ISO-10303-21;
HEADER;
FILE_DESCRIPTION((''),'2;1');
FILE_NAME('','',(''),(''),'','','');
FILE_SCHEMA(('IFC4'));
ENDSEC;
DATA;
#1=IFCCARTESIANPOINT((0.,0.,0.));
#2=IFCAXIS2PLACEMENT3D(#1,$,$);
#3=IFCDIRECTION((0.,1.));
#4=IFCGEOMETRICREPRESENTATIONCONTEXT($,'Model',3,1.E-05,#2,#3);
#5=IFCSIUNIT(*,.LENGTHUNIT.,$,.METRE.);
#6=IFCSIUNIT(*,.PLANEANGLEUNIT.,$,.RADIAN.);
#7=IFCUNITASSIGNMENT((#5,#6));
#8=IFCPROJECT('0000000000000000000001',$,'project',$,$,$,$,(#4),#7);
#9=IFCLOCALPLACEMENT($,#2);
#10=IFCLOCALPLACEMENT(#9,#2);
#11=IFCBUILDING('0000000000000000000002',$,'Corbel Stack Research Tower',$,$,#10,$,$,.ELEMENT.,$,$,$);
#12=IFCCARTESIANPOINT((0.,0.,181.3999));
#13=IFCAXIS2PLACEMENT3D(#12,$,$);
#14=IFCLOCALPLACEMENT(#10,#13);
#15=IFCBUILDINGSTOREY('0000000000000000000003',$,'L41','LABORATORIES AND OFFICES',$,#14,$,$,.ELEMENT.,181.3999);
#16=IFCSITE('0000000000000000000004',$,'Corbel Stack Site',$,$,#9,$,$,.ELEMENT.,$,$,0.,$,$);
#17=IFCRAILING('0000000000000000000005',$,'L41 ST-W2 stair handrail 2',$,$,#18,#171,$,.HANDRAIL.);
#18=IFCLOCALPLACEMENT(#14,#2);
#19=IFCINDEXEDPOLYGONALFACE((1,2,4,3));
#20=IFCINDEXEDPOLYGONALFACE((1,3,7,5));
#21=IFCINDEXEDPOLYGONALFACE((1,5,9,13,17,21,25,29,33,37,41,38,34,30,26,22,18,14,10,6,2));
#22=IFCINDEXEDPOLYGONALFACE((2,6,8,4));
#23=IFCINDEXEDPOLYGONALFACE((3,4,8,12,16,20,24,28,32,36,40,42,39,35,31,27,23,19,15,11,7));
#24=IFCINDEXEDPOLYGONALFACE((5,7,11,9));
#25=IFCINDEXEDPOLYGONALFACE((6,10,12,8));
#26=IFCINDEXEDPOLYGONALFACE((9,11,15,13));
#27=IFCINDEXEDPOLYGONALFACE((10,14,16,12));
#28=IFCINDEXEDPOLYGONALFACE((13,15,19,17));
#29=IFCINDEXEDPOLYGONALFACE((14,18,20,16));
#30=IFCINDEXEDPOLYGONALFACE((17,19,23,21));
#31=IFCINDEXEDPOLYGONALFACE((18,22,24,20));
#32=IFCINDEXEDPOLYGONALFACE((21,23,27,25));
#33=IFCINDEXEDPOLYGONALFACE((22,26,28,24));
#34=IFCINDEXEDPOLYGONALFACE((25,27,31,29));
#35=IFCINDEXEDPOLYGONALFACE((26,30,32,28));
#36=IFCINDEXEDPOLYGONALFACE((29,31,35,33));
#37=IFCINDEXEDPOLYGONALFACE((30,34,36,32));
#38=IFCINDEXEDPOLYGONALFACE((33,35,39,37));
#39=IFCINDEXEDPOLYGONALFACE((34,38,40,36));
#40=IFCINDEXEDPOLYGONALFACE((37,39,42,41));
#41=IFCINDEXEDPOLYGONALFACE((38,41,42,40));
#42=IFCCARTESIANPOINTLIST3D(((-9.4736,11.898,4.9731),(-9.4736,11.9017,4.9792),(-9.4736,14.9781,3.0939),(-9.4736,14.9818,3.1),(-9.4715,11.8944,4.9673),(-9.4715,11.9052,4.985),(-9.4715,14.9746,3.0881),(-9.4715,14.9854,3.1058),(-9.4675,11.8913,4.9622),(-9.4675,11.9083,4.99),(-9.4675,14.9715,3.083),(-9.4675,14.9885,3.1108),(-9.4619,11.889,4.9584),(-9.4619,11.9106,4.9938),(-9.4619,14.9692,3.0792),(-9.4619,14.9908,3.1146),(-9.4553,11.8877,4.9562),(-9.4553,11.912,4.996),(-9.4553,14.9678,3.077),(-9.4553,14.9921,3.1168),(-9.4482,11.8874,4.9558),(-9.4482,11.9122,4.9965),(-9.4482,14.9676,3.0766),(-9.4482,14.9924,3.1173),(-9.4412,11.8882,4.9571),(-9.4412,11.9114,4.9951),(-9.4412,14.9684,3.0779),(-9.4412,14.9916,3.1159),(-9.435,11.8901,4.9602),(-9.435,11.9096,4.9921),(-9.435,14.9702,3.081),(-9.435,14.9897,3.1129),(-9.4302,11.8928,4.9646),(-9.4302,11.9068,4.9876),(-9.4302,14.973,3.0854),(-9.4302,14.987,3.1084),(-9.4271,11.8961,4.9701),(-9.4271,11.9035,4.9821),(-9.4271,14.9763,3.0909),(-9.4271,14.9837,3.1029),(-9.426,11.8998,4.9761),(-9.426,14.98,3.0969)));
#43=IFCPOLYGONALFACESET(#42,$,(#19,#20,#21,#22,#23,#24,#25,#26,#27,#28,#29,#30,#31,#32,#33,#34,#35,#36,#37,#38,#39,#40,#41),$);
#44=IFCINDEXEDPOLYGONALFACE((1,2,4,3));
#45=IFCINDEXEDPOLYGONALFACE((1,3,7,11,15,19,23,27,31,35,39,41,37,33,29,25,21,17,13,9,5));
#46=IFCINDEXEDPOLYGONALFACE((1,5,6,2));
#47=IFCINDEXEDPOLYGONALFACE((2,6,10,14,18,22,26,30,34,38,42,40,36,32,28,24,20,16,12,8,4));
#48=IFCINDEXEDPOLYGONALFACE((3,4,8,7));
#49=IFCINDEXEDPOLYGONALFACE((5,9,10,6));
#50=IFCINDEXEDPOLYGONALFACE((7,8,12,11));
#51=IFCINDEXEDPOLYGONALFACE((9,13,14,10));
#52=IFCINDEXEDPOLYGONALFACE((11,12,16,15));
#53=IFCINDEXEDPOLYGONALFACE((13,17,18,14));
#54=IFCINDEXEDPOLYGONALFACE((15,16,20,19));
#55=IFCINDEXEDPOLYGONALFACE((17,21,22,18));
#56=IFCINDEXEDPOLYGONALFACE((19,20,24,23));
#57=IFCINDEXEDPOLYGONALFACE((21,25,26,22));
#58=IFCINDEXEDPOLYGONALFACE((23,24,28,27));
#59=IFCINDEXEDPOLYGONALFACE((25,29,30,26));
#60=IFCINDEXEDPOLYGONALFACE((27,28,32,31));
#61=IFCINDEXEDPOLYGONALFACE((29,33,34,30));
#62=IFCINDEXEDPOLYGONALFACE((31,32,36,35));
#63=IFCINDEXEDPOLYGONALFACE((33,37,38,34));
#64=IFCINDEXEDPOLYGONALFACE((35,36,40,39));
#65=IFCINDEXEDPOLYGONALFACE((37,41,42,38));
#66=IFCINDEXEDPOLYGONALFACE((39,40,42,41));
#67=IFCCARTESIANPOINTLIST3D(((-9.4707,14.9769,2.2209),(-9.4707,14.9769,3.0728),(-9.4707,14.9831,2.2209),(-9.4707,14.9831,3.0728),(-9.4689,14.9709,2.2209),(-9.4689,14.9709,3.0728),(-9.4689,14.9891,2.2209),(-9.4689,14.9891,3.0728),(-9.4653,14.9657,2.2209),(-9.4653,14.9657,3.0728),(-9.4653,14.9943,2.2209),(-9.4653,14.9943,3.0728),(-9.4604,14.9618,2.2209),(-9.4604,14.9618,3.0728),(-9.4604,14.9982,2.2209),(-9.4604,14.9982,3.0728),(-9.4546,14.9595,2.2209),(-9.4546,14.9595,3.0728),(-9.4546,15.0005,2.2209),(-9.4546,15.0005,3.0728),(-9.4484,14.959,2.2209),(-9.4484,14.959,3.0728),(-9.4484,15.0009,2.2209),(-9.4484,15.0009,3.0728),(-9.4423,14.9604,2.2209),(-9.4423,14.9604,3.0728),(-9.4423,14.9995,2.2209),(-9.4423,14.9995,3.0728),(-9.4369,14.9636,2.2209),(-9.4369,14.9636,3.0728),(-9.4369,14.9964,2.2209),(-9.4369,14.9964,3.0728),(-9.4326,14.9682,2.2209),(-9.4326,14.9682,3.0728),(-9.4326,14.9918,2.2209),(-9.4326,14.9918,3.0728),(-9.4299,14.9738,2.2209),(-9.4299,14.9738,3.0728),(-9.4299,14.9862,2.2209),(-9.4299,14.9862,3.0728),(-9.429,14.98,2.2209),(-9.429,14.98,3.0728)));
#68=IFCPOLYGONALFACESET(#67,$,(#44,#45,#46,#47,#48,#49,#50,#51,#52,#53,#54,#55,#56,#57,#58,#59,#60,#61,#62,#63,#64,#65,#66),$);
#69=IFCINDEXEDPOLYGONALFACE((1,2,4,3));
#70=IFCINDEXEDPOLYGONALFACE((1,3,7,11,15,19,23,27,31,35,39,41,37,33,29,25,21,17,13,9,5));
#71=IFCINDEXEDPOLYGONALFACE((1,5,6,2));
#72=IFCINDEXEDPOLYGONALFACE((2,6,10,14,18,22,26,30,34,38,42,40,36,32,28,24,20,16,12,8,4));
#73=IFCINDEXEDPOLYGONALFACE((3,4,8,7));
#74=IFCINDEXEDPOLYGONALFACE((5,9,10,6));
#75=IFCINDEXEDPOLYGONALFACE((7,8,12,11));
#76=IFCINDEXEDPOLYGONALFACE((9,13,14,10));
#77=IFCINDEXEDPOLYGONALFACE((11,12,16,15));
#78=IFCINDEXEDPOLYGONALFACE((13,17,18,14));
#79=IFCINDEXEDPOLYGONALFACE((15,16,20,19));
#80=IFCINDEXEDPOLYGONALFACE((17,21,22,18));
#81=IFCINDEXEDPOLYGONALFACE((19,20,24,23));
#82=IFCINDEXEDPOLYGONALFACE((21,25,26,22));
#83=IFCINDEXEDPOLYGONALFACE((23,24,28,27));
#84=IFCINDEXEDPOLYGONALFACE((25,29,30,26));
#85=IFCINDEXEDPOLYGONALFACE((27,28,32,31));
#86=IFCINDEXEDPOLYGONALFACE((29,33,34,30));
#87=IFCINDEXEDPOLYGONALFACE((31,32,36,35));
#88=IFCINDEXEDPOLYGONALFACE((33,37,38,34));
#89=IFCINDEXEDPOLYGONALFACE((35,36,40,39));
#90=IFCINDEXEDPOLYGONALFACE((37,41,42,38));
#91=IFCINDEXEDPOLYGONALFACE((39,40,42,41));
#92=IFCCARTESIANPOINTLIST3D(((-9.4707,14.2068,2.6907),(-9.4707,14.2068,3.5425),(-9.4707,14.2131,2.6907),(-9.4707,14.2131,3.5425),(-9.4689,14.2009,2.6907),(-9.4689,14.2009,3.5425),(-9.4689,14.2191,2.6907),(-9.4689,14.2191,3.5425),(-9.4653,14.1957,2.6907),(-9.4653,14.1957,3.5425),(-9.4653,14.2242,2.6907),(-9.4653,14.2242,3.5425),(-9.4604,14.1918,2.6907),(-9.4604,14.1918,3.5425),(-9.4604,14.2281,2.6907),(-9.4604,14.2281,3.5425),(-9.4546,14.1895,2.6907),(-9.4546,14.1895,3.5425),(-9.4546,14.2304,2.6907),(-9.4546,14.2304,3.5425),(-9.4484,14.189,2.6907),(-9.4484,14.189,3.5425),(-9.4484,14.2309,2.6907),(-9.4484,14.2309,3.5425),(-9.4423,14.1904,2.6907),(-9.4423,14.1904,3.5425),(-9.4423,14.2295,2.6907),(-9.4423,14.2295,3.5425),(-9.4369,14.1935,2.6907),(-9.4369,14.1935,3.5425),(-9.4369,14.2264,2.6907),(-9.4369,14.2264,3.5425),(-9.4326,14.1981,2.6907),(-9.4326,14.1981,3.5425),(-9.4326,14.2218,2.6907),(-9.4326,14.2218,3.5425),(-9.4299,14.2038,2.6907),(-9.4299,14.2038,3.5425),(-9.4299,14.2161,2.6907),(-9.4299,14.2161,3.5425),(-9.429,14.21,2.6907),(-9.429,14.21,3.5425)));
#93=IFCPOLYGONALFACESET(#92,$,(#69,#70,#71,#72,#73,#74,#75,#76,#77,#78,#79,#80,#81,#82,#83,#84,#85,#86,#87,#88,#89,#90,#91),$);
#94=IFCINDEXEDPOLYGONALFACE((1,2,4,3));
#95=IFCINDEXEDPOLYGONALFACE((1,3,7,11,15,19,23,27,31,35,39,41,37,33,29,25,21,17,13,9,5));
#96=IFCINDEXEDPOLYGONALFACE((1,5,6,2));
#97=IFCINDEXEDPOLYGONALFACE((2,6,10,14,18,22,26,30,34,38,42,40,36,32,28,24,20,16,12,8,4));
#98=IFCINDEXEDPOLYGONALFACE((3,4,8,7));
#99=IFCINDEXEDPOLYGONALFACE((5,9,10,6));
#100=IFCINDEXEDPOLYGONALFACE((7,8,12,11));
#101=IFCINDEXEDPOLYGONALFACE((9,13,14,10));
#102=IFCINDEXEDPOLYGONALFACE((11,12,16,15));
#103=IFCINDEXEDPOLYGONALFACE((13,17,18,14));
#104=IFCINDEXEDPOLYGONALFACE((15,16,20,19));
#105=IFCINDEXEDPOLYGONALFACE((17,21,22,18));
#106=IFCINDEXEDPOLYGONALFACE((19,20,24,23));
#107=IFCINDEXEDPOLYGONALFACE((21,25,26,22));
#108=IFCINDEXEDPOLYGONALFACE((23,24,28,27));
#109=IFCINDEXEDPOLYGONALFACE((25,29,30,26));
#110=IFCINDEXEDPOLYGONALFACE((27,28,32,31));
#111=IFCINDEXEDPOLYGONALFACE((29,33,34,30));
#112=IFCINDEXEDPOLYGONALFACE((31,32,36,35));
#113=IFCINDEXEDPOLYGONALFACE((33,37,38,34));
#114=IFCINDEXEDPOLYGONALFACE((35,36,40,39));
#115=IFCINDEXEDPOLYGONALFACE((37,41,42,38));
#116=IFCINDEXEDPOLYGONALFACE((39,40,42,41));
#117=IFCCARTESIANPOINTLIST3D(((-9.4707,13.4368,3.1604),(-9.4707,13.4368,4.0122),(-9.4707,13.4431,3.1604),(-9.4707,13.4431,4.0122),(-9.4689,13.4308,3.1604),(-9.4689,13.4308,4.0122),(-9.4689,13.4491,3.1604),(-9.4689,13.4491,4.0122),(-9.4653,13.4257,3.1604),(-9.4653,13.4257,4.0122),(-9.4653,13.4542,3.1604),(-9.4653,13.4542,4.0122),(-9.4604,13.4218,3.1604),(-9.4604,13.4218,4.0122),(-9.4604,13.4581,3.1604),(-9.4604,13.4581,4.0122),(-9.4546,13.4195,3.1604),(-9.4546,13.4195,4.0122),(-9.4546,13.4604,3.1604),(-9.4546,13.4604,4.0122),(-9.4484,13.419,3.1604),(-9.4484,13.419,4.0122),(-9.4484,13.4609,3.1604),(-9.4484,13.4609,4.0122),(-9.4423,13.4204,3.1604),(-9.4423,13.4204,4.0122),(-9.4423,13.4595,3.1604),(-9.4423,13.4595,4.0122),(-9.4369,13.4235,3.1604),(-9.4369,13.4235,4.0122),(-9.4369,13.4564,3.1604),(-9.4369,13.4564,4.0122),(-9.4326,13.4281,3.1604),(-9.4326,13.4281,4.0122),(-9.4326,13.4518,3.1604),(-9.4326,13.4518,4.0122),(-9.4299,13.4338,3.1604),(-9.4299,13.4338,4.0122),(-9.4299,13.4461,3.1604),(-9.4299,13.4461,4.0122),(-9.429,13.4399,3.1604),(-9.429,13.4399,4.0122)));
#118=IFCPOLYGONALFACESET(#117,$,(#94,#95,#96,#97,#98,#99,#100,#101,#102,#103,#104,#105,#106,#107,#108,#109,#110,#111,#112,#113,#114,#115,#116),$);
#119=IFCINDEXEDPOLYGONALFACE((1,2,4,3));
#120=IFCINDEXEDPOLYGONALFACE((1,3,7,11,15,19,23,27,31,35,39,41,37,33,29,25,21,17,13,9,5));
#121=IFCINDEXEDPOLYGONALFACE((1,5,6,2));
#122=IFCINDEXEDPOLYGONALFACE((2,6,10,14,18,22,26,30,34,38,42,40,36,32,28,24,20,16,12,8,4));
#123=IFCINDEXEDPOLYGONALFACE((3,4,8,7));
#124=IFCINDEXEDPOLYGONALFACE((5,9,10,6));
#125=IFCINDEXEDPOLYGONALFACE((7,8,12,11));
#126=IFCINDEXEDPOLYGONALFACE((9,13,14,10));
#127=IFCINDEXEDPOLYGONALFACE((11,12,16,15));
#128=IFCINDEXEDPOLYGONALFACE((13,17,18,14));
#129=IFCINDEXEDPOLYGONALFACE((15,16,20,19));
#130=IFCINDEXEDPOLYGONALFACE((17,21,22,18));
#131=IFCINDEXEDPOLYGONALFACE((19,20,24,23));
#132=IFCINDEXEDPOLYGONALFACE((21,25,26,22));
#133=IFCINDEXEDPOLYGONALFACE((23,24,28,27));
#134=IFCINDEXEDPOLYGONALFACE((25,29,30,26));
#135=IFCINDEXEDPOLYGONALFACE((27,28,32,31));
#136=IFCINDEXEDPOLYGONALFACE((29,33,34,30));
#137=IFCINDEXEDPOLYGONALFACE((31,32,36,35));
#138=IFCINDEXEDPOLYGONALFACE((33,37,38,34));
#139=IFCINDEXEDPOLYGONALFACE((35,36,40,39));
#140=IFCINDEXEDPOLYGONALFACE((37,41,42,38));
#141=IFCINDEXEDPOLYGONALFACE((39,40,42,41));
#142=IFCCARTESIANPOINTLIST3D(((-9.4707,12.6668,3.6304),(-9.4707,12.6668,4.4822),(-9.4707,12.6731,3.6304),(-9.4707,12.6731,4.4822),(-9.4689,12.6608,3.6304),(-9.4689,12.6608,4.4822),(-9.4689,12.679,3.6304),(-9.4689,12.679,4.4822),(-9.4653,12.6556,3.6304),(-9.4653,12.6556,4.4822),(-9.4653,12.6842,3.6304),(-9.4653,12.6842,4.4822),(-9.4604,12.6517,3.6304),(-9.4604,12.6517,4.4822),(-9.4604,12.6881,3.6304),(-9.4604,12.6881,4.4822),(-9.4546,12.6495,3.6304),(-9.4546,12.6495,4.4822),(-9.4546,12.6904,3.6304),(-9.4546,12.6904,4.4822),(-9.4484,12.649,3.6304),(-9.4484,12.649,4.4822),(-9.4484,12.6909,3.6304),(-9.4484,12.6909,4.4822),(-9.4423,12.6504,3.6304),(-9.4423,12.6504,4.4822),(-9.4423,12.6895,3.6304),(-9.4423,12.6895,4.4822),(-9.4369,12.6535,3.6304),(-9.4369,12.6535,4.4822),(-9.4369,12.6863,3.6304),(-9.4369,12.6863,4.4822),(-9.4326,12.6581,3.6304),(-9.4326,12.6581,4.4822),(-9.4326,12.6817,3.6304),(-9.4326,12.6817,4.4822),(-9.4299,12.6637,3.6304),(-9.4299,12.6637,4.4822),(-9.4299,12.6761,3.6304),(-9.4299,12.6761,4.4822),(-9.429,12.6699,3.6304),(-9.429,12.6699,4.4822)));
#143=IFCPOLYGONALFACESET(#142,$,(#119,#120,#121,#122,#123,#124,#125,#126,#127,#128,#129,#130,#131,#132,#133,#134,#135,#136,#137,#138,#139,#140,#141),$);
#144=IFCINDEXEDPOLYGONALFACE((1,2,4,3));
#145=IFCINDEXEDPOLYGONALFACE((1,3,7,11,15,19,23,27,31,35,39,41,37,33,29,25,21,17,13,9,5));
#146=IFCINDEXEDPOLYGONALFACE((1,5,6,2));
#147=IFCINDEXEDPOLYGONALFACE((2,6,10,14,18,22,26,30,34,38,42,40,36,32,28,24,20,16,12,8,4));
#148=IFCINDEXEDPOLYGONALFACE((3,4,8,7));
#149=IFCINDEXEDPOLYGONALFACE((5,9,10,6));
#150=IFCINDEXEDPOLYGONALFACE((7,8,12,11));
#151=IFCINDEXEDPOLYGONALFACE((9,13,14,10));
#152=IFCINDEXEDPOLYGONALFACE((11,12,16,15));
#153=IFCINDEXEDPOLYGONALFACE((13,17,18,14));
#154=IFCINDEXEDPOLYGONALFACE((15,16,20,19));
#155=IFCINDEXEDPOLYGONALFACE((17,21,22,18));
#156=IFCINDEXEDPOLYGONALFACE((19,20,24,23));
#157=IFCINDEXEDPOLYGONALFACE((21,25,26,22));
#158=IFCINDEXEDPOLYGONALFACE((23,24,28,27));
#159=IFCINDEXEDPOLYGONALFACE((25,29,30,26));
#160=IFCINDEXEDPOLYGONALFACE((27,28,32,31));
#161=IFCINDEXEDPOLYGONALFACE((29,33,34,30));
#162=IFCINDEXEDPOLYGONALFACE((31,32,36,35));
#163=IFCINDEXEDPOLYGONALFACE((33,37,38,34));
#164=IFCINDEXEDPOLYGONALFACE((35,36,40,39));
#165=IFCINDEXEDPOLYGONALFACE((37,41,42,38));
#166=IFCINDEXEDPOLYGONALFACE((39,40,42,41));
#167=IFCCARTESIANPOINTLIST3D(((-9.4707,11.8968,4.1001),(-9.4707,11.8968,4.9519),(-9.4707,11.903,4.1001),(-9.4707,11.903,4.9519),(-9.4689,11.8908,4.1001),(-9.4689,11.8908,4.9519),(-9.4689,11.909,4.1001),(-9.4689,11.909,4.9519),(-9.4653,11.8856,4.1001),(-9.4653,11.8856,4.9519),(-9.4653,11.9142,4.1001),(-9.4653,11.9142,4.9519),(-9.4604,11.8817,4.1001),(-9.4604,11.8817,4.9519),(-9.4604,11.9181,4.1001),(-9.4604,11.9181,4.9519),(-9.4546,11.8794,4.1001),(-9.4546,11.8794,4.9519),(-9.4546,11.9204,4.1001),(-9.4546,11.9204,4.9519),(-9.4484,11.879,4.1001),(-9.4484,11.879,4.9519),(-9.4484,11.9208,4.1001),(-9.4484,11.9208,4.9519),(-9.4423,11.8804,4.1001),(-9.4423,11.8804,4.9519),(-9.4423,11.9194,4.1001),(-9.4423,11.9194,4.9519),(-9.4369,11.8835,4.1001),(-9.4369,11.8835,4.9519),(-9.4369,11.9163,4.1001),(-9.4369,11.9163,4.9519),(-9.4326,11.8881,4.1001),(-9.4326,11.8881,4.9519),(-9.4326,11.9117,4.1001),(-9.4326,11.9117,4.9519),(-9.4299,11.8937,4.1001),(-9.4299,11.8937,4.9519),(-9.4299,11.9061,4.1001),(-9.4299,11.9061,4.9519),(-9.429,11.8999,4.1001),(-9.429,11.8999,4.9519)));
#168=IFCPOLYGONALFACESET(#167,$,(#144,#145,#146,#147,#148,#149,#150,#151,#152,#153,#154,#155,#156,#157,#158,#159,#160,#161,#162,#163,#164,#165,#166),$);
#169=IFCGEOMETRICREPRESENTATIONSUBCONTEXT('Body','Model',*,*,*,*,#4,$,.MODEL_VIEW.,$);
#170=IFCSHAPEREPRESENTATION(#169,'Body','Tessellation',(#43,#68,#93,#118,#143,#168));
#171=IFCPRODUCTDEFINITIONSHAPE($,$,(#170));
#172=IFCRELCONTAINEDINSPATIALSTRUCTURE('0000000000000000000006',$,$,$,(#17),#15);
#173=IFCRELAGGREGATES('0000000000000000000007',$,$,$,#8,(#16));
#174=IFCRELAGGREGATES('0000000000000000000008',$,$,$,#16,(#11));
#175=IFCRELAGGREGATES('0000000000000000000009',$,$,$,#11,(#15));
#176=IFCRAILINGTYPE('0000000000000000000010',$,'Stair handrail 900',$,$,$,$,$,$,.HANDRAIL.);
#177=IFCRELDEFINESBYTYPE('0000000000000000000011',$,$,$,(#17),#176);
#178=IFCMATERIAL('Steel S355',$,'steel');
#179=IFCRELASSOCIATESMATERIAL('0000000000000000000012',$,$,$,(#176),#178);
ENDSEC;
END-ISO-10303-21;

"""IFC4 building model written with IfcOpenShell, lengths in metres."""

from ifc_helpers import new_model, si_unit, direction, frame, origin, origin_2d, place, context, subcontext, project, spatial, circle, extrude, material, type_object, element, save


model = new_model("IFC4")

# Units and contexts
model_context = context("Model", 3, precision=1e-05, world=origin(), true_north=direction((0.0, 1.0)))
body_context = subcontext(model_context, "Body", "Model", "MODEL_VIEW")
ifc_project = project(units=[si_unit("LENGTHUNIT", "METRE"), si_unit("PLANEANGLEUNIT", "RADIAN")], contexts=[model_context])

# Site, building, storey
site_placement = place(None, origin())
site = spatial("IfcSite", under=ifc_project, at=site_placement, Name="Corbel Stack Site", CompositionType="ELEMENT", RefElevation=0.0)
building_placement = place(site_placement, origin())
building = spatial("IfcBuilding", under=site, at=building_placement, Name="Corbel Stack Research Tower", CompositionType="ELEMENT")
storey_placement = place(building_placement, frame((0.0, 0.0, 181.3999)))
storey = spatial("IfcBuildingStorey", under=building, at=storey_placement, Name="L41", Description="LABORATORIES AND OFFICES", CompositionType="ELEMENT", Elevation=181.3999)

# Railing
ifc_material_1 = material(Name="Steel S355", Category="steel")
railing_type_1 = type_object("IfcRailingType", Name="Stair handrail 900", PredefinedType="HANDRAIL", material=ifc_material_1)
railing_1_placement = place(storey_placement, frame((-9.45, 14.98, 2.2209)))
element("IfcRailing", 1, at=railing_1_placement, inside=storey, type_object=railing_type_1, Name="L41 ST-W2 stair handrail 2", PredefinedType="HANDRAIL", context=body_context, shape_type="SweptSolid", body=[
    extrude(circle(Radius=0.0239, at=origin_2d()), frame((0.0, 0.0, 0.876), z_axis=(0.0, -0.853666, 0.52082), x_axis=(1.0, 0.0, 0.0)), (0.0, 0.0, 1.0), 3.6082),
    extrude(circle(Radius=0.021, at=origin_2d()), origin(), (0.0, 0.0, 1.0), 0.8518),
    extrude(circle(Radius=0.021, at=origin_2d()), frame((0.0, -0.77, 0.4697)), (0.0, 0.0, 1.0), 0.8518),
    extrude(circle(Radius=0.021, at=origin_2d()), frame((0.0, -1.54, 0.9395)), (0.0, 0.0, 1.0), 0.8518),
    extrude(circle(Radius=0.021, at=origin_2d()), frame((0.0, -2.3101, 1.4094)), (0.0, 0.0, 1.0), 0.8518),
    extrude(circle(Radius=0.021, at=origin_2d()), frame((0.0, -3.0801, 1.8792)), (0.0, 0.0, 1.0), 0.8518),
])

save(model, "model.ifc")
